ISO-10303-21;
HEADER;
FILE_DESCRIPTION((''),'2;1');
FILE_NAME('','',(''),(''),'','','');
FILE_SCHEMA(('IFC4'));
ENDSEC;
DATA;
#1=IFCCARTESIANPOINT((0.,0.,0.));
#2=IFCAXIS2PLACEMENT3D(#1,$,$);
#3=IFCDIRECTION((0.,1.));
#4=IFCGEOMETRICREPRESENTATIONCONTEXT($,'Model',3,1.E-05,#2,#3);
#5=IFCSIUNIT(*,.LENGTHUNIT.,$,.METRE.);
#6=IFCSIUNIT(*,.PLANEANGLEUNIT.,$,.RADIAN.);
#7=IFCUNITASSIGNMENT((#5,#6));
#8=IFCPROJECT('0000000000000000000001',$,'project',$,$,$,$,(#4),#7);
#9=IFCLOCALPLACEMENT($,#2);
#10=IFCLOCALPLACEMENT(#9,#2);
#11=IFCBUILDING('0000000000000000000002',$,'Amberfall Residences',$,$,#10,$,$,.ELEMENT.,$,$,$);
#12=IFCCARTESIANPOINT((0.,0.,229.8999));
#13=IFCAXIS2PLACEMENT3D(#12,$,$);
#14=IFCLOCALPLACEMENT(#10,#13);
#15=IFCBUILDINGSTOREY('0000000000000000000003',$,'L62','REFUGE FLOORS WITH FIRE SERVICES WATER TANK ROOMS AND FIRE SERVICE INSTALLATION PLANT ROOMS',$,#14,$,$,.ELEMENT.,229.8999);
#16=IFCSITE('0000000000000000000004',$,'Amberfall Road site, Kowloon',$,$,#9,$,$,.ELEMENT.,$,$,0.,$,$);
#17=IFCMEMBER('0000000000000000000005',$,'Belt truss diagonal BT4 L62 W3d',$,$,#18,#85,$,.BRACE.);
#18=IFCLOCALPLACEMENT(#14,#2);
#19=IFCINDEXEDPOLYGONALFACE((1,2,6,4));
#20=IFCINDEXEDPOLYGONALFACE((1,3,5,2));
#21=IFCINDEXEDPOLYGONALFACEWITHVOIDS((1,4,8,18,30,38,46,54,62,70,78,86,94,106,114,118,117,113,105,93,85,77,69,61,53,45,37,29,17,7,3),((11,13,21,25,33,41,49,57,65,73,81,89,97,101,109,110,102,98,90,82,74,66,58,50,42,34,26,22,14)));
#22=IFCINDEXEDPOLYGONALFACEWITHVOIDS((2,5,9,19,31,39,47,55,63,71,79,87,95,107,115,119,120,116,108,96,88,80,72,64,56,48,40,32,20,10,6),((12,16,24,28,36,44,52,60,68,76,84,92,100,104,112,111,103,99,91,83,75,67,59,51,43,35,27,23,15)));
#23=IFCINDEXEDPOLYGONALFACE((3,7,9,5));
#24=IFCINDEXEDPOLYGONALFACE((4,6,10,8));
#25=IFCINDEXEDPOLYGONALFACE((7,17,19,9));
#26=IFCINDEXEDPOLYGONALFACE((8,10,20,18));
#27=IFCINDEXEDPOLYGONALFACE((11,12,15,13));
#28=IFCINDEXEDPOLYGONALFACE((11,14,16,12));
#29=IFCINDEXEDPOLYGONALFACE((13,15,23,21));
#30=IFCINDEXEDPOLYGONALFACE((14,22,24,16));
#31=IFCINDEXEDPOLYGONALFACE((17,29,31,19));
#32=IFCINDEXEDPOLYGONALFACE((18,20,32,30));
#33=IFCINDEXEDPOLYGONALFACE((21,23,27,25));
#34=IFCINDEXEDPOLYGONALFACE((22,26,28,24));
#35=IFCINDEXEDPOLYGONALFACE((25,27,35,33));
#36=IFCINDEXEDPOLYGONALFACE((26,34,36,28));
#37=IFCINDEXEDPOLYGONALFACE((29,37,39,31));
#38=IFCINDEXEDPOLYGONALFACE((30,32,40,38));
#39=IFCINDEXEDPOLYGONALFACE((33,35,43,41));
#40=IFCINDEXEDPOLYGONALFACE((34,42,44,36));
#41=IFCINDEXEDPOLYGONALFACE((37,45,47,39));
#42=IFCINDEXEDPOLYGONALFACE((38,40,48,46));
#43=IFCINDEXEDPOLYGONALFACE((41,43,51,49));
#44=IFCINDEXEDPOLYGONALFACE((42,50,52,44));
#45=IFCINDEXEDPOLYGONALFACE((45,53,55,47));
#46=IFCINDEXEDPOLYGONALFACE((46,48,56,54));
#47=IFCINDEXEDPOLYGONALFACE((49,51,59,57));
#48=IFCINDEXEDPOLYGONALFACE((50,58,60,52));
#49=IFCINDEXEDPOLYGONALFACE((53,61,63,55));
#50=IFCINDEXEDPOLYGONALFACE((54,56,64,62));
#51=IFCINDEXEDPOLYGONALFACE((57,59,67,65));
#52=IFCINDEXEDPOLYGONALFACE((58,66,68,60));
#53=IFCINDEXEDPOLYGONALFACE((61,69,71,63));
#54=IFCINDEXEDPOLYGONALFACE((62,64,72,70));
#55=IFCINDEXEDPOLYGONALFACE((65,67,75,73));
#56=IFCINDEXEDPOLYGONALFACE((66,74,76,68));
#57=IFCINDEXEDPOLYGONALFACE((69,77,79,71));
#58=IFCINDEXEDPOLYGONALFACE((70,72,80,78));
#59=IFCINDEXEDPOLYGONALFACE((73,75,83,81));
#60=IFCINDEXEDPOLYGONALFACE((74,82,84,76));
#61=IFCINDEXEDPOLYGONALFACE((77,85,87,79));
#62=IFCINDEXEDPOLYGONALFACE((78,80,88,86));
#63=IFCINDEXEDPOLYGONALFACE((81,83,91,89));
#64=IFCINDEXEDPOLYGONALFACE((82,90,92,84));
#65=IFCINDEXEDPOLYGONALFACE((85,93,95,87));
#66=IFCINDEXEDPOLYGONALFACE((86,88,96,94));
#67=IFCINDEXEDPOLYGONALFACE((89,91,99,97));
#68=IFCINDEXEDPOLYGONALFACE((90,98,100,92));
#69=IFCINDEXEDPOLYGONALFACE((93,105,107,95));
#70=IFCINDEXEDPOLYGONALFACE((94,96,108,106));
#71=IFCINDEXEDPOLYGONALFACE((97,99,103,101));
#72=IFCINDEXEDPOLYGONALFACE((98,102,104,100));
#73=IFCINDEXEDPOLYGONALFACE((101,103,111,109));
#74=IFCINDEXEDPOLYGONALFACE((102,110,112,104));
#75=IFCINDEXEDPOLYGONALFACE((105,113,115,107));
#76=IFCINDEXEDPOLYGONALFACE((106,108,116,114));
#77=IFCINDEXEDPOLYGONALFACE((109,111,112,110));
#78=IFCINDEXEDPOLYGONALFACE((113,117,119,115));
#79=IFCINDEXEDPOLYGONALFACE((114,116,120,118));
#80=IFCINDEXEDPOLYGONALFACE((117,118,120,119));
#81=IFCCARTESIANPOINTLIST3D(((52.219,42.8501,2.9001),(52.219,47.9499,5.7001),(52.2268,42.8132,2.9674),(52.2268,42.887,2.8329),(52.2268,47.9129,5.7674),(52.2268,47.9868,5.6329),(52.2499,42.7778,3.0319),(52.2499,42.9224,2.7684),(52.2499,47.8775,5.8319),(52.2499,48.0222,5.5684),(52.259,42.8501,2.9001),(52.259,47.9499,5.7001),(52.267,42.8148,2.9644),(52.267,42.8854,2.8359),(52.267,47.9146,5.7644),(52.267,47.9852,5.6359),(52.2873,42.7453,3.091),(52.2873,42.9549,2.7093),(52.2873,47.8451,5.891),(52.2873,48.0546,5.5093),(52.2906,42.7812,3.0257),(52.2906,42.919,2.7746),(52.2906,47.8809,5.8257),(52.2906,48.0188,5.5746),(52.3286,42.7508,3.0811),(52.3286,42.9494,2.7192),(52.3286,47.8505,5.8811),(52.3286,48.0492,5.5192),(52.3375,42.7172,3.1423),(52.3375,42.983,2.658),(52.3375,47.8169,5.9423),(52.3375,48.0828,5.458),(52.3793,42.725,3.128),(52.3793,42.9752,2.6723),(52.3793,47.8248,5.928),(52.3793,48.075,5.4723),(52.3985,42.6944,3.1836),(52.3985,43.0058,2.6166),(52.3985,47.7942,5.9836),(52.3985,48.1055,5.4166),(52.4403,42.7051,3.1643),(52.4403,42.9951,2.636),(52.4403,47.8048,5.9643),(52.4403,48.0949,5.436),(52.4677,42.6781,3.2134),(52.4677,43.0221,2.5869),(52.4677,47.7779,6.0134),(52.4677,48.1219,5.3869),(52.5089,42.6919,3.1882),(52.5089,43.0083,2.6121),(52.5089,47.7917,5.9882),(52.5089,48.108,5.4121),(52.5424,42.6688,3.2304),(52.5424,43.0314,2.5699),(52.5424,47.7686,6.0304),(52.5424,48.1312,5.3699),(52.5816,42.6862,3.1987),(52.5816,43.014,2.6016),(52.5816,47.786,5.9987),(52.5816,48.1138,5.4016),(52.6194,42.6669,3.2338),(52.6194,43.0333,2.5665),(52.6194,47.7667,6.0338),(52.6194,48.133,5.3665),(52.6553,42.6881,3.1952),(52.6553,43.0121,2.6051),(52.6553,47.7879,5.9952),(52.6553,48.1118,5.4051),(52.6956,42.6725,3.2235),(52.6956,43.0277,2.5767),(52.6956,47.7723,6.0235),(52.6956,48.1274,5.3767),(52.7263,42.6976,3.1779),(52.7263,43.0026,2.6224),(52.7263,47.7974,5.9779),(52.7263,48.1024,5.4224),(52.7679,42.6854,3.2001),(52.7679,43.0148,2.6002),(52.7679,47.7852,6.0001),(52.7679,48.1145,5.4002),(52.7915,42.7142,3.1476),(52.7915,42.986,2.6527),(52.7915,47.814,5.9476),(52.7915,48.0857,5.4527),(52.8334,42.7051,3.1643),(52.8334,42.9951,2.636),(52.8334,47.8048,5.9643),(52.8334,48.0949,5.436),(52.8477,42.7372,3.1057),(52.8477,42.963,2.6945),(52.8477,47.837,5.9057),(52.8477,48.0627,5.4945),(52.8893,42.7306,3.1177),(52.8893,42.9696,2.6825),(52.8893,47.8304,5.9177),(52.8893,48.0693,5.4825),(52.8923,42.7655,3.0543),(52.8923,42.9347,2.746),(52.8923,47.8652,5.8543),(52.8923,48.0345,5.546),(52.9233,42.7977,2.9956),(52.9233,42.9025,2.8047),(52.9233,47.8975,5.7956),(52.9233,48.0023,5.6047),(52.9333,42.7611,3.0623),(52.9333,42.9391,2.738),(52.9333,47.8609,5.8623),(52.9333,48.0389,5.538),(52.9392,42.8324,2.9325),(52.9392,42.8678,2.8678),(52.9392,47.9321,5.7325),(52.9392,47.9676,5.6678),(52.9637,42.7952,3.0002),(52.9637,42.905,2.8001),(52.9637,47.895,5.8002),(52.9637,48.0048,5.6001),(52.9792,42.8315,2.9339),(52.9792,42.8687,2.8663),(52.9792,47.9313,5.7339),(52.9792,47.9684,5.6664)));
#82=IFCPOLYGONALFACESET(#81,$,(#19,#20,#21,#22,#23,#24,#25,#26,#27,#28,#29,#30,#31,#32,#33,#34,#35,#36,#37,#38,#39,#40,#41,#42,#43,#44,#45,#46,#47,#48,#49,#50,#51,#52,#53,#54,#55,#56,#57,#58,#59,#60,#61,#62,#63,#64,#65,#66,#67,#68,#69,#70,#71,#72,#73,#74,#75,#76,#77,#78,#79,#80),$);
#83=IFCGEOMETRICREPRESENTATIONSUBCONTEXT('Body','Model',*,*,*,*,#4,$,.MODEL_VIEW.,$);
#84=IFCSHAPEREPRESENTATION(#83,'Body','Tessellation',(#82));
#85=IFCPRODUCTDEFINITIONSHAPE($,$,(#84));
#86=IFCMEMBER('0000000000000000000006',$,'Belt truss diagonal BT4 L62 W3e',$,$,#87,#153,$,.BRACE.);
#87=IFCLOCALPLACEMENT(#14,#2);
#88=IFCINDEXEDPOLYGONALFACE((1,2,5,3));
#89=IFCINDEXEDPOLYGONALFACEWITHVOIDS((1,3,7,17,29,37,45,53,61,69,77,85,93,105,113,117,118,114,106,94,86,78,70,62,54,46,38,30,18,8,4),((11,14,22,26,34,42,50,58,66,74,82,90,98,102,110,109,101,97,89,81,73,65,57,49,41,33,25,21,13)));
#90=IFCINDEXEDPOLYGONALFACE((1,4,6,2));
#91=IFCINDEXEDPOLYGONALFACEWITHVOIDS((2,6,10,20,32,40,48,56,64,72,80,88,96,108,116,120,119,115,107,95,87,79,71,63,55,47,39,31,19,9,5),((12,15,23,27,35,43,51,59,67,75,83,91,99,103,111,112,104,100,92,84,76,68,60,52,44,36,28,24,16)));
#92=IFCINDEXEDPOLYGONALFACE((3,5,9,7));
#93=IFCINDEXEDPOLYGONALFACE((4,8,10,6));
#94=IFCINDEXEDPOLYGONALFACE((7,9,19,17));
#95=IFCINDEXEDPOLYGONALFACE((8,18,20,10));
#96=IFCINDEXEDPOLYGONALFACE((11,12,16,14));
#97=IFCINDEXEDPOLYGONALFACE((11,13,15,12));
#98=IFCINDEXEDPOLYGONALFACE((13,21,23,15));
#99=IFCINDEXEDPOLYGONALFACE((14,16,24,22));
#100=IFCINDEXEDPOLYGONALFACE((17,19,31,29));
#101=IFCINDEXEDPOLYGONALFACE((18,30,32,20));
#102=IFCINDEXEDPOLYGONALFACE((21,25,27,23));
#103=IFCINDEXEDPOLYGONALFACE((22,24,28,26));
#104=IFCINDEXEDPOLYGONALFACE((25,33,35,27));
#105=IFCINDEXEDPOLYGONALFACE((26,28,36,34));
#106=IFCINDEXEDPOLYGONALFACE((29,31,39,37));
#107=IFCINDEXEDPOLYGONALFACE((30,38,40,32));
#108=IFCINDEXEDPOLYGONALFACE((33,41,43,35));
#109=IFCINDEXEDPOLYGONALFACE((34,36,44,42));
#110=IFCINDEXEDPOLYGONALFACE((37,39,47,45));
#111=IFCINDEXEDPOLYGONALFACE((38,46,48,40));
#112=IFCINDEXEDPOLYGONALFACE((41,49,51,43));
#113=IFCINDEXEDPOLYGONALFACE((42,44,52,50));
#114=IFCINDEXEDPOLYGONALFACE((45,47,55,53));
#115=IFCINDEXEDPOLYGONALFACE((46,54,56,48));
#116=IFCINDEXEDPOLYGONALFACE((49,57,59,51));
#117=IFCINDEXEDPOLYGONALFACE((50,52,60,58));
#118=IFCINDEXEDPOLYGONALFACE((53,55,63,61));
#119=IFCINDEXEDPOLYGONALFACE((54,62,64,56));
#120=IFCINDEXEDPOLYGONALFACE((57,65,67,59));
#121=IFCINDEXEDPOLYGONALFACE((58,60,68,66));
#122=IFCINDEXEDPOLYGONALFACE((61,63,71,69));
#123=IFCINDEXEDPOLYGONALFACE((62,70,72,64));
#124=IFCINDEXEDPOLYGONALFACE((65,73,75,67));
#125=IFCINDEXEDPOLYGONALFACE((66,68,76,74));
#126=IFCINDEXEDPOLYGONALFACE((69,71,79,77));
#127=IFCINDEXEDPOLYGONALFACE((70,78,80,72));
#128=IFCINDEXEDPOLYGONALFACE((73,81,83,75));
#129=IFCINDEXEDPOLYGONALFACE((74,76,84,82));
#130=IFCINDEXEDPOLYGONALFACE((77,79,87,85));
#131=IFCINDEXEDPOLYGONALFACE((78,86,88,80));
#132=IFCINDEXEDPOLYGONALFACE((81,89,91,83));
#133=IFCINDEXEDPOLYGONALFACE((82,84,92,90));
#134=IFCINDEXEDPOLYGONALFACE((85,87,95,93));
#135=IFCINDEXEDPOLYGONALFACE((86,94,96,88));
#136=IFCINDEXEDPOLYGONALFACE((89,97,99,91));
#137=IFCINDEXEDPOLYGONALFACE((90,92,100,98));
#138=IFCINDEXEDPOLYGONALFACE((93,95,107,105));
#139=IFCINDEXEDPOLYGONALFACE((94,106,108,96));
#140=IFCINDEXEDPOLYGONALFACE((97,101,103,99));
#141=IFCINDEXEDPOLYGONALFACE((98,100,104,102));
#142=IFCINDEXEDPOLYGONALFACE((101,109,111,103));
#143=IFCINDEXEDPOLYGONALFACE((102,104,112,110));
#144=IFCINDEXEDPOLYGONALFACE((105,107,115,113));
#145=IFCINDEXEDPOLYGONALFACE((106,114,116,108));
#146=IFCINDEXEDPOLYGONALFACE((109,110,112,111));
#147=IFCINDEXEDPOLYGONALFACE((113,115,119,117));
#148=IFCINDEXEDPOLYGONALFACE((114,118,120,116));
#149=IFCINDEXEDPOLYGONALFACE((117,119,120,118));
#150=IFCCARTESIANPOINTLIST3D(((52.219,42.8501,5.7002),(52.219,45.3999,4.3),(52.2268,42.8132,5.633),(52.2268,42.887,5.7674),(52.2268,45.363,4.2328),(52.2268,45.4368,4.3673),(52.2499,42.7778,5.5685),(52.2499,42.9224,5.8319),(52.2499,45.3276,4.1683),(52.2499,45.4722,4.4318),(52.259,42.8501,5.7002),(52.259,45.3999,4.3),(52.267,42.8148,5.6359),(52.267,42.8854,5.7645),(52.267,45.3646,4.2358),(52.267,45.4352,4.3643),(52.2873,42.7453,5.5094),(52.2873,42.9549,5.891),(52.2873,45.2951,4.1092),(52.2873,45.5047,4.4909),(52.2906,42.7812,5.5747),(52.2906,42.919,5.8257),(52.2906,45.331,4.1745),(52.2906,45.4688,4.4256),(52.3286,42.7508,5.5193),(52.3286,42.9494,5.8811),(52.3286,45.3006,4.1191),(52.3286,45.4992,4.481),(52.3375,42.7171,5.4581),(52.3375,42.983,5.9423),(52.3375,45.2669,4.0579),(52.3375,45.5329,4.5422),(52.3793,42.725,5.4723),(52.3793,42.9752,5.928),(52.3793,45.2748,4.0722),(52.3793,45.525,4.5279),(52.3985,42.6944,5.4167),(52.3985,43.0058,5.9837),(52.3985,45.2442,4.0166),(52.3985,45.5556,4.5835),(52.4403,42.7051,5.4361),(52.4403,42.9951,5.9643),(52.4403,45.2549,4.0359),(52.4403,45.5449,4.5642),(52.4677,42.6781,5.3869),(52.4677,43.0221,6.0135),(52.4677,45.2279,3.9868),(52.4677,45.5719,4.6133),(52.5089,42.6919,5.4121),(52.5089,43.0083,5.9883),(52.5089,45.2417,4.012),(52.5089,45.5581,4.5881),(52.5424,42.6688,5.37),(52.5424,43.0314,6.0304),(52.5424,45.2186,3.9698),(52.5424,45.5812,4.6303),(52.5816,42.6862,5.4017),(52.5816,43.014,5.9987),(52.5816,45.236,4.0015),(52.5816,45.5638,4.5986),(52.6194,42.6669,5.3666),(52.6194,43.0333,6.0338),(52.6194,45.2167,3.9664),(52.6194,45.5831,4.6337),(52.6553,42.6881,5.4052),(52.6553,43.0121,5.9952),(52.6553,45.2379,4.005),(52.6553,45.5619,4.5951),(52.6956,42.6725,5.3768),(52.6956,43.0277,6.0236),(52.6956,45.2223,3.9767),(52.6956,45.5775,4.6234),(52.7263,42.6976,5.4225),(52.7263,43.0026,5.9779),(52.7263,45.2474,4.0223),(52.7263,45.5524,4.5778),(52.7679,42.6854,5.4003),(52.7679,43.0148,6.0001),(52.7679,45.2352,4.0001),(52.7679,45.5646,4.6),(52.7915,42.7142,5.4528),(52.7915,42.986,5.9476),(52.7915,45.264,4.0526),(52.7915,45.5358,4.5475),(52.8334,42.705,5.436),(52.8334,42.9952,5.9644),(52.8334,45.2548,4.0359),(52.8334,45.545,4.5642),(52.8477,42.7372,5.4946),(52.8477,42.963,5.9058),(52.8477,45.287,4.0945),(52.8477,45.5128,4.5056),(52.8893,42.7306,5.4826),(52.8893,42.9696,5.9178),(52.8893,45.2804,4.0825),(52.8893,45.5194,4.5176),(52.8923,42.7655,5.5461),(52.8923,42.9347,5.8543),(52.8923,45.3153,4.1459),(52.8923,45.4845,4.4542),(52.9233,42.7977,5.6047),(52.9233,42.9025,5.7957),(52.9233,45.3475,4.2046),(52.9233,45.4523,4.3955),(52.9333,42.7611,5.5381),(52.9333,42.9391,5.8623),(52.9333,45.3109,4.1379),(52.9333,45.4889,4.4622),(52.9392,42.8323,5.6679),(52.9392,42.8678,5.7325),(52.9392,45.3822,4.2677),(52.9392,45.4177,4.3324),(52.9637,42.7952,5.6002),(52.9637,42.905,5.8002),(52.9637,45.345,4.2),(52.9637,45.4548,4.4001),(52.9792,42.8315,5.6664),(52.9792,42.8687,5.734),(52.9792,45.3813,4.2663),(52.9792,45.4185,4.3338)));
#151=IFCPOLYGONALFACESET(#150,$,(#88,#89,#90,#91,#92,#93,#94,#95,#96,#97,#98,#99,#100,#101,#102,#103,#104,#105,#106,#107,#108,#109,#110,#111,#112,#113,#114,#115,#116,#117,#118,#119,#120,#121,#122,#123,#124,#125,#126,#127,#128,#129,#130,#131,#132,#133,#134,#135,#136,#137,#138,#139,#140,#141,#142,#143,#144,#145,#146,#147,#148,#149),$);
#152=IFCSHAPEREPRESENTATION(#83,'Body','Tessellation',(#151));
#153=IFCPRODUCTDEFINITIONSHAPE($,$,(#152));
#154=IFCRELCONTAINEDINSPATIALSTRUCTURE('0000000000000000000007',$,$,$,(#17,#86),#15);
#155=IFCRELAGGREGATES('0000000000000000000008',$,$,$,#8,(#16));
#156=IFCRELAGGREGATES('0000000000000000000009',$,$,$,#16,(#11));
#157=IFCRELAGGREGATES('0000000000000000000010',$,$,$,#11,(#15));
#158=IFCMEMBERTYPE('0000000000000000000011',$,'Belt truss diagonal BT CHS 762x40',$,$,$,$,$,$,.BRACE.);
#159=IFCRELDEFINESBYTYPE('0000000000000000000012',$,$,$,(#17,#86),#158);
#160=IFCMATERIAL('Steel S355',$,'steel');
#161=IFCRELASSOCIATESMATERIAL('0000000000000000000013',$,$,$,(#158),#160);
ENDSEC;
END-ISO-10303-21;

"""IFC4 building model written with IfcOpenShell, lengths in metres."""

from ifc_helpers import new_model, si_unit, direction, frame, origin, origin_2d, place, context, subcontext, project, spatial, hollow_circle, extrude, material, material_profile, profile_set, type_object, element, save


model = new_model("IFC4")

# Units and contexts
model_context = context("Model", 3, precision=1e-05, world=origin(), true_north=direction((0.0, 1.0)))
body_context = subcontext(model_context, "Body", "Model", "MODEL_VIEW")
ifc_project = project(units=[si_unit("LENGTHUNIT", "METRE"), si_unit("PLANEANGLEUNIT", "RADIAN")], contexts=[model_context])

# Site, building, storey
site_placement = place(None, origin())
site = spatial("IfcSite", under=ifc_project, at=site_placement, Name="Amberfall Road site, Kowloon", CompositionType="ELEMENT", RefElevation=0.0)
building_placement = place(site_placement, origin())
building = spatial("IfcBuilding", under=site, at=building_placement, Name="Amberfall Residences", CompositionType="ELEMENT")
storey_placement = place(building_placement, frame((0.0, 0.0, 229.8999)))
storey = spatial("IfcBuildingStorey", under=building, at=storey_placement, Name="L62", Description="REFUGE FLOORS WITH FIRE SERVICES WATER TANK ROOMS AND FIRE SERVICE INSTALLATION PLANT ROOMS", CompositionType="ELEMENT", Elevation=229.8999)

# Shared definitions
ifc_material_1 = material(Name="Steel S355", Category="steel")

# Members
ifc_material_profile_1 = material_profile(ifc_material_1, hollow_circle(Radius=0.3811, WallThickness=0.04, at=origin_2d()), Name="CHS 762x40")
ifc_profile_set_1 = profile_set([ifc_material_profile_1], Name="Steel S355")
member_type_1 = type_object("IfcMemberType", Name="Belt truss diagonal BT CHS 762x40", PredefinedType="BRACE", material=ifc_profile_set_1)
member_1_placement = place(storey_placement, frame((52.6001, 42.8501, 2.9001), z_axis=(0.0, 0.876569, 0.481276), x_axis=(-1.0, 0.0, 0.0)))
element("IfcMember", 1, at=member_1_placement, inside=storey, type_object=member_type_1, Name="Belt truss diagonal BT4 L62 W3d", PredefinedType="BRACE", context=body_context, shape_type="SweptSolid", body=[
    extrude(hollow_circle(Radius=0.3811, WallThickness=0.04, at=origin_2d()), origin(), (0.0, 0.0, 1.0), 5.8179),
])
for number, where, z_axis, x_axis, name in (
    (2, (52.6001, 42.8501, 5.7002), (0.0, 0.876542, -0.481326), (-1.0, 0.0, 0.0), "Belt truss diagonal BT4 L62 W3e"),
):
    element("IfcMember", number, at=place(storey_placement, frame(where, z_axis=z_axis, x_axis=x_axis)), inside=storey, type_object=member_type_1, Name=name, PredefinedType="BRACE", context=body_context, shape_type="SweptSolid", body=[
        extrude(hollow_circle(Radius=0.3811, WallThickness=0.04, at=origin_2d()), origin(), (0.0, 0.0, 1.0), 2.9089),
    ])

save(model, "model.ifc")
